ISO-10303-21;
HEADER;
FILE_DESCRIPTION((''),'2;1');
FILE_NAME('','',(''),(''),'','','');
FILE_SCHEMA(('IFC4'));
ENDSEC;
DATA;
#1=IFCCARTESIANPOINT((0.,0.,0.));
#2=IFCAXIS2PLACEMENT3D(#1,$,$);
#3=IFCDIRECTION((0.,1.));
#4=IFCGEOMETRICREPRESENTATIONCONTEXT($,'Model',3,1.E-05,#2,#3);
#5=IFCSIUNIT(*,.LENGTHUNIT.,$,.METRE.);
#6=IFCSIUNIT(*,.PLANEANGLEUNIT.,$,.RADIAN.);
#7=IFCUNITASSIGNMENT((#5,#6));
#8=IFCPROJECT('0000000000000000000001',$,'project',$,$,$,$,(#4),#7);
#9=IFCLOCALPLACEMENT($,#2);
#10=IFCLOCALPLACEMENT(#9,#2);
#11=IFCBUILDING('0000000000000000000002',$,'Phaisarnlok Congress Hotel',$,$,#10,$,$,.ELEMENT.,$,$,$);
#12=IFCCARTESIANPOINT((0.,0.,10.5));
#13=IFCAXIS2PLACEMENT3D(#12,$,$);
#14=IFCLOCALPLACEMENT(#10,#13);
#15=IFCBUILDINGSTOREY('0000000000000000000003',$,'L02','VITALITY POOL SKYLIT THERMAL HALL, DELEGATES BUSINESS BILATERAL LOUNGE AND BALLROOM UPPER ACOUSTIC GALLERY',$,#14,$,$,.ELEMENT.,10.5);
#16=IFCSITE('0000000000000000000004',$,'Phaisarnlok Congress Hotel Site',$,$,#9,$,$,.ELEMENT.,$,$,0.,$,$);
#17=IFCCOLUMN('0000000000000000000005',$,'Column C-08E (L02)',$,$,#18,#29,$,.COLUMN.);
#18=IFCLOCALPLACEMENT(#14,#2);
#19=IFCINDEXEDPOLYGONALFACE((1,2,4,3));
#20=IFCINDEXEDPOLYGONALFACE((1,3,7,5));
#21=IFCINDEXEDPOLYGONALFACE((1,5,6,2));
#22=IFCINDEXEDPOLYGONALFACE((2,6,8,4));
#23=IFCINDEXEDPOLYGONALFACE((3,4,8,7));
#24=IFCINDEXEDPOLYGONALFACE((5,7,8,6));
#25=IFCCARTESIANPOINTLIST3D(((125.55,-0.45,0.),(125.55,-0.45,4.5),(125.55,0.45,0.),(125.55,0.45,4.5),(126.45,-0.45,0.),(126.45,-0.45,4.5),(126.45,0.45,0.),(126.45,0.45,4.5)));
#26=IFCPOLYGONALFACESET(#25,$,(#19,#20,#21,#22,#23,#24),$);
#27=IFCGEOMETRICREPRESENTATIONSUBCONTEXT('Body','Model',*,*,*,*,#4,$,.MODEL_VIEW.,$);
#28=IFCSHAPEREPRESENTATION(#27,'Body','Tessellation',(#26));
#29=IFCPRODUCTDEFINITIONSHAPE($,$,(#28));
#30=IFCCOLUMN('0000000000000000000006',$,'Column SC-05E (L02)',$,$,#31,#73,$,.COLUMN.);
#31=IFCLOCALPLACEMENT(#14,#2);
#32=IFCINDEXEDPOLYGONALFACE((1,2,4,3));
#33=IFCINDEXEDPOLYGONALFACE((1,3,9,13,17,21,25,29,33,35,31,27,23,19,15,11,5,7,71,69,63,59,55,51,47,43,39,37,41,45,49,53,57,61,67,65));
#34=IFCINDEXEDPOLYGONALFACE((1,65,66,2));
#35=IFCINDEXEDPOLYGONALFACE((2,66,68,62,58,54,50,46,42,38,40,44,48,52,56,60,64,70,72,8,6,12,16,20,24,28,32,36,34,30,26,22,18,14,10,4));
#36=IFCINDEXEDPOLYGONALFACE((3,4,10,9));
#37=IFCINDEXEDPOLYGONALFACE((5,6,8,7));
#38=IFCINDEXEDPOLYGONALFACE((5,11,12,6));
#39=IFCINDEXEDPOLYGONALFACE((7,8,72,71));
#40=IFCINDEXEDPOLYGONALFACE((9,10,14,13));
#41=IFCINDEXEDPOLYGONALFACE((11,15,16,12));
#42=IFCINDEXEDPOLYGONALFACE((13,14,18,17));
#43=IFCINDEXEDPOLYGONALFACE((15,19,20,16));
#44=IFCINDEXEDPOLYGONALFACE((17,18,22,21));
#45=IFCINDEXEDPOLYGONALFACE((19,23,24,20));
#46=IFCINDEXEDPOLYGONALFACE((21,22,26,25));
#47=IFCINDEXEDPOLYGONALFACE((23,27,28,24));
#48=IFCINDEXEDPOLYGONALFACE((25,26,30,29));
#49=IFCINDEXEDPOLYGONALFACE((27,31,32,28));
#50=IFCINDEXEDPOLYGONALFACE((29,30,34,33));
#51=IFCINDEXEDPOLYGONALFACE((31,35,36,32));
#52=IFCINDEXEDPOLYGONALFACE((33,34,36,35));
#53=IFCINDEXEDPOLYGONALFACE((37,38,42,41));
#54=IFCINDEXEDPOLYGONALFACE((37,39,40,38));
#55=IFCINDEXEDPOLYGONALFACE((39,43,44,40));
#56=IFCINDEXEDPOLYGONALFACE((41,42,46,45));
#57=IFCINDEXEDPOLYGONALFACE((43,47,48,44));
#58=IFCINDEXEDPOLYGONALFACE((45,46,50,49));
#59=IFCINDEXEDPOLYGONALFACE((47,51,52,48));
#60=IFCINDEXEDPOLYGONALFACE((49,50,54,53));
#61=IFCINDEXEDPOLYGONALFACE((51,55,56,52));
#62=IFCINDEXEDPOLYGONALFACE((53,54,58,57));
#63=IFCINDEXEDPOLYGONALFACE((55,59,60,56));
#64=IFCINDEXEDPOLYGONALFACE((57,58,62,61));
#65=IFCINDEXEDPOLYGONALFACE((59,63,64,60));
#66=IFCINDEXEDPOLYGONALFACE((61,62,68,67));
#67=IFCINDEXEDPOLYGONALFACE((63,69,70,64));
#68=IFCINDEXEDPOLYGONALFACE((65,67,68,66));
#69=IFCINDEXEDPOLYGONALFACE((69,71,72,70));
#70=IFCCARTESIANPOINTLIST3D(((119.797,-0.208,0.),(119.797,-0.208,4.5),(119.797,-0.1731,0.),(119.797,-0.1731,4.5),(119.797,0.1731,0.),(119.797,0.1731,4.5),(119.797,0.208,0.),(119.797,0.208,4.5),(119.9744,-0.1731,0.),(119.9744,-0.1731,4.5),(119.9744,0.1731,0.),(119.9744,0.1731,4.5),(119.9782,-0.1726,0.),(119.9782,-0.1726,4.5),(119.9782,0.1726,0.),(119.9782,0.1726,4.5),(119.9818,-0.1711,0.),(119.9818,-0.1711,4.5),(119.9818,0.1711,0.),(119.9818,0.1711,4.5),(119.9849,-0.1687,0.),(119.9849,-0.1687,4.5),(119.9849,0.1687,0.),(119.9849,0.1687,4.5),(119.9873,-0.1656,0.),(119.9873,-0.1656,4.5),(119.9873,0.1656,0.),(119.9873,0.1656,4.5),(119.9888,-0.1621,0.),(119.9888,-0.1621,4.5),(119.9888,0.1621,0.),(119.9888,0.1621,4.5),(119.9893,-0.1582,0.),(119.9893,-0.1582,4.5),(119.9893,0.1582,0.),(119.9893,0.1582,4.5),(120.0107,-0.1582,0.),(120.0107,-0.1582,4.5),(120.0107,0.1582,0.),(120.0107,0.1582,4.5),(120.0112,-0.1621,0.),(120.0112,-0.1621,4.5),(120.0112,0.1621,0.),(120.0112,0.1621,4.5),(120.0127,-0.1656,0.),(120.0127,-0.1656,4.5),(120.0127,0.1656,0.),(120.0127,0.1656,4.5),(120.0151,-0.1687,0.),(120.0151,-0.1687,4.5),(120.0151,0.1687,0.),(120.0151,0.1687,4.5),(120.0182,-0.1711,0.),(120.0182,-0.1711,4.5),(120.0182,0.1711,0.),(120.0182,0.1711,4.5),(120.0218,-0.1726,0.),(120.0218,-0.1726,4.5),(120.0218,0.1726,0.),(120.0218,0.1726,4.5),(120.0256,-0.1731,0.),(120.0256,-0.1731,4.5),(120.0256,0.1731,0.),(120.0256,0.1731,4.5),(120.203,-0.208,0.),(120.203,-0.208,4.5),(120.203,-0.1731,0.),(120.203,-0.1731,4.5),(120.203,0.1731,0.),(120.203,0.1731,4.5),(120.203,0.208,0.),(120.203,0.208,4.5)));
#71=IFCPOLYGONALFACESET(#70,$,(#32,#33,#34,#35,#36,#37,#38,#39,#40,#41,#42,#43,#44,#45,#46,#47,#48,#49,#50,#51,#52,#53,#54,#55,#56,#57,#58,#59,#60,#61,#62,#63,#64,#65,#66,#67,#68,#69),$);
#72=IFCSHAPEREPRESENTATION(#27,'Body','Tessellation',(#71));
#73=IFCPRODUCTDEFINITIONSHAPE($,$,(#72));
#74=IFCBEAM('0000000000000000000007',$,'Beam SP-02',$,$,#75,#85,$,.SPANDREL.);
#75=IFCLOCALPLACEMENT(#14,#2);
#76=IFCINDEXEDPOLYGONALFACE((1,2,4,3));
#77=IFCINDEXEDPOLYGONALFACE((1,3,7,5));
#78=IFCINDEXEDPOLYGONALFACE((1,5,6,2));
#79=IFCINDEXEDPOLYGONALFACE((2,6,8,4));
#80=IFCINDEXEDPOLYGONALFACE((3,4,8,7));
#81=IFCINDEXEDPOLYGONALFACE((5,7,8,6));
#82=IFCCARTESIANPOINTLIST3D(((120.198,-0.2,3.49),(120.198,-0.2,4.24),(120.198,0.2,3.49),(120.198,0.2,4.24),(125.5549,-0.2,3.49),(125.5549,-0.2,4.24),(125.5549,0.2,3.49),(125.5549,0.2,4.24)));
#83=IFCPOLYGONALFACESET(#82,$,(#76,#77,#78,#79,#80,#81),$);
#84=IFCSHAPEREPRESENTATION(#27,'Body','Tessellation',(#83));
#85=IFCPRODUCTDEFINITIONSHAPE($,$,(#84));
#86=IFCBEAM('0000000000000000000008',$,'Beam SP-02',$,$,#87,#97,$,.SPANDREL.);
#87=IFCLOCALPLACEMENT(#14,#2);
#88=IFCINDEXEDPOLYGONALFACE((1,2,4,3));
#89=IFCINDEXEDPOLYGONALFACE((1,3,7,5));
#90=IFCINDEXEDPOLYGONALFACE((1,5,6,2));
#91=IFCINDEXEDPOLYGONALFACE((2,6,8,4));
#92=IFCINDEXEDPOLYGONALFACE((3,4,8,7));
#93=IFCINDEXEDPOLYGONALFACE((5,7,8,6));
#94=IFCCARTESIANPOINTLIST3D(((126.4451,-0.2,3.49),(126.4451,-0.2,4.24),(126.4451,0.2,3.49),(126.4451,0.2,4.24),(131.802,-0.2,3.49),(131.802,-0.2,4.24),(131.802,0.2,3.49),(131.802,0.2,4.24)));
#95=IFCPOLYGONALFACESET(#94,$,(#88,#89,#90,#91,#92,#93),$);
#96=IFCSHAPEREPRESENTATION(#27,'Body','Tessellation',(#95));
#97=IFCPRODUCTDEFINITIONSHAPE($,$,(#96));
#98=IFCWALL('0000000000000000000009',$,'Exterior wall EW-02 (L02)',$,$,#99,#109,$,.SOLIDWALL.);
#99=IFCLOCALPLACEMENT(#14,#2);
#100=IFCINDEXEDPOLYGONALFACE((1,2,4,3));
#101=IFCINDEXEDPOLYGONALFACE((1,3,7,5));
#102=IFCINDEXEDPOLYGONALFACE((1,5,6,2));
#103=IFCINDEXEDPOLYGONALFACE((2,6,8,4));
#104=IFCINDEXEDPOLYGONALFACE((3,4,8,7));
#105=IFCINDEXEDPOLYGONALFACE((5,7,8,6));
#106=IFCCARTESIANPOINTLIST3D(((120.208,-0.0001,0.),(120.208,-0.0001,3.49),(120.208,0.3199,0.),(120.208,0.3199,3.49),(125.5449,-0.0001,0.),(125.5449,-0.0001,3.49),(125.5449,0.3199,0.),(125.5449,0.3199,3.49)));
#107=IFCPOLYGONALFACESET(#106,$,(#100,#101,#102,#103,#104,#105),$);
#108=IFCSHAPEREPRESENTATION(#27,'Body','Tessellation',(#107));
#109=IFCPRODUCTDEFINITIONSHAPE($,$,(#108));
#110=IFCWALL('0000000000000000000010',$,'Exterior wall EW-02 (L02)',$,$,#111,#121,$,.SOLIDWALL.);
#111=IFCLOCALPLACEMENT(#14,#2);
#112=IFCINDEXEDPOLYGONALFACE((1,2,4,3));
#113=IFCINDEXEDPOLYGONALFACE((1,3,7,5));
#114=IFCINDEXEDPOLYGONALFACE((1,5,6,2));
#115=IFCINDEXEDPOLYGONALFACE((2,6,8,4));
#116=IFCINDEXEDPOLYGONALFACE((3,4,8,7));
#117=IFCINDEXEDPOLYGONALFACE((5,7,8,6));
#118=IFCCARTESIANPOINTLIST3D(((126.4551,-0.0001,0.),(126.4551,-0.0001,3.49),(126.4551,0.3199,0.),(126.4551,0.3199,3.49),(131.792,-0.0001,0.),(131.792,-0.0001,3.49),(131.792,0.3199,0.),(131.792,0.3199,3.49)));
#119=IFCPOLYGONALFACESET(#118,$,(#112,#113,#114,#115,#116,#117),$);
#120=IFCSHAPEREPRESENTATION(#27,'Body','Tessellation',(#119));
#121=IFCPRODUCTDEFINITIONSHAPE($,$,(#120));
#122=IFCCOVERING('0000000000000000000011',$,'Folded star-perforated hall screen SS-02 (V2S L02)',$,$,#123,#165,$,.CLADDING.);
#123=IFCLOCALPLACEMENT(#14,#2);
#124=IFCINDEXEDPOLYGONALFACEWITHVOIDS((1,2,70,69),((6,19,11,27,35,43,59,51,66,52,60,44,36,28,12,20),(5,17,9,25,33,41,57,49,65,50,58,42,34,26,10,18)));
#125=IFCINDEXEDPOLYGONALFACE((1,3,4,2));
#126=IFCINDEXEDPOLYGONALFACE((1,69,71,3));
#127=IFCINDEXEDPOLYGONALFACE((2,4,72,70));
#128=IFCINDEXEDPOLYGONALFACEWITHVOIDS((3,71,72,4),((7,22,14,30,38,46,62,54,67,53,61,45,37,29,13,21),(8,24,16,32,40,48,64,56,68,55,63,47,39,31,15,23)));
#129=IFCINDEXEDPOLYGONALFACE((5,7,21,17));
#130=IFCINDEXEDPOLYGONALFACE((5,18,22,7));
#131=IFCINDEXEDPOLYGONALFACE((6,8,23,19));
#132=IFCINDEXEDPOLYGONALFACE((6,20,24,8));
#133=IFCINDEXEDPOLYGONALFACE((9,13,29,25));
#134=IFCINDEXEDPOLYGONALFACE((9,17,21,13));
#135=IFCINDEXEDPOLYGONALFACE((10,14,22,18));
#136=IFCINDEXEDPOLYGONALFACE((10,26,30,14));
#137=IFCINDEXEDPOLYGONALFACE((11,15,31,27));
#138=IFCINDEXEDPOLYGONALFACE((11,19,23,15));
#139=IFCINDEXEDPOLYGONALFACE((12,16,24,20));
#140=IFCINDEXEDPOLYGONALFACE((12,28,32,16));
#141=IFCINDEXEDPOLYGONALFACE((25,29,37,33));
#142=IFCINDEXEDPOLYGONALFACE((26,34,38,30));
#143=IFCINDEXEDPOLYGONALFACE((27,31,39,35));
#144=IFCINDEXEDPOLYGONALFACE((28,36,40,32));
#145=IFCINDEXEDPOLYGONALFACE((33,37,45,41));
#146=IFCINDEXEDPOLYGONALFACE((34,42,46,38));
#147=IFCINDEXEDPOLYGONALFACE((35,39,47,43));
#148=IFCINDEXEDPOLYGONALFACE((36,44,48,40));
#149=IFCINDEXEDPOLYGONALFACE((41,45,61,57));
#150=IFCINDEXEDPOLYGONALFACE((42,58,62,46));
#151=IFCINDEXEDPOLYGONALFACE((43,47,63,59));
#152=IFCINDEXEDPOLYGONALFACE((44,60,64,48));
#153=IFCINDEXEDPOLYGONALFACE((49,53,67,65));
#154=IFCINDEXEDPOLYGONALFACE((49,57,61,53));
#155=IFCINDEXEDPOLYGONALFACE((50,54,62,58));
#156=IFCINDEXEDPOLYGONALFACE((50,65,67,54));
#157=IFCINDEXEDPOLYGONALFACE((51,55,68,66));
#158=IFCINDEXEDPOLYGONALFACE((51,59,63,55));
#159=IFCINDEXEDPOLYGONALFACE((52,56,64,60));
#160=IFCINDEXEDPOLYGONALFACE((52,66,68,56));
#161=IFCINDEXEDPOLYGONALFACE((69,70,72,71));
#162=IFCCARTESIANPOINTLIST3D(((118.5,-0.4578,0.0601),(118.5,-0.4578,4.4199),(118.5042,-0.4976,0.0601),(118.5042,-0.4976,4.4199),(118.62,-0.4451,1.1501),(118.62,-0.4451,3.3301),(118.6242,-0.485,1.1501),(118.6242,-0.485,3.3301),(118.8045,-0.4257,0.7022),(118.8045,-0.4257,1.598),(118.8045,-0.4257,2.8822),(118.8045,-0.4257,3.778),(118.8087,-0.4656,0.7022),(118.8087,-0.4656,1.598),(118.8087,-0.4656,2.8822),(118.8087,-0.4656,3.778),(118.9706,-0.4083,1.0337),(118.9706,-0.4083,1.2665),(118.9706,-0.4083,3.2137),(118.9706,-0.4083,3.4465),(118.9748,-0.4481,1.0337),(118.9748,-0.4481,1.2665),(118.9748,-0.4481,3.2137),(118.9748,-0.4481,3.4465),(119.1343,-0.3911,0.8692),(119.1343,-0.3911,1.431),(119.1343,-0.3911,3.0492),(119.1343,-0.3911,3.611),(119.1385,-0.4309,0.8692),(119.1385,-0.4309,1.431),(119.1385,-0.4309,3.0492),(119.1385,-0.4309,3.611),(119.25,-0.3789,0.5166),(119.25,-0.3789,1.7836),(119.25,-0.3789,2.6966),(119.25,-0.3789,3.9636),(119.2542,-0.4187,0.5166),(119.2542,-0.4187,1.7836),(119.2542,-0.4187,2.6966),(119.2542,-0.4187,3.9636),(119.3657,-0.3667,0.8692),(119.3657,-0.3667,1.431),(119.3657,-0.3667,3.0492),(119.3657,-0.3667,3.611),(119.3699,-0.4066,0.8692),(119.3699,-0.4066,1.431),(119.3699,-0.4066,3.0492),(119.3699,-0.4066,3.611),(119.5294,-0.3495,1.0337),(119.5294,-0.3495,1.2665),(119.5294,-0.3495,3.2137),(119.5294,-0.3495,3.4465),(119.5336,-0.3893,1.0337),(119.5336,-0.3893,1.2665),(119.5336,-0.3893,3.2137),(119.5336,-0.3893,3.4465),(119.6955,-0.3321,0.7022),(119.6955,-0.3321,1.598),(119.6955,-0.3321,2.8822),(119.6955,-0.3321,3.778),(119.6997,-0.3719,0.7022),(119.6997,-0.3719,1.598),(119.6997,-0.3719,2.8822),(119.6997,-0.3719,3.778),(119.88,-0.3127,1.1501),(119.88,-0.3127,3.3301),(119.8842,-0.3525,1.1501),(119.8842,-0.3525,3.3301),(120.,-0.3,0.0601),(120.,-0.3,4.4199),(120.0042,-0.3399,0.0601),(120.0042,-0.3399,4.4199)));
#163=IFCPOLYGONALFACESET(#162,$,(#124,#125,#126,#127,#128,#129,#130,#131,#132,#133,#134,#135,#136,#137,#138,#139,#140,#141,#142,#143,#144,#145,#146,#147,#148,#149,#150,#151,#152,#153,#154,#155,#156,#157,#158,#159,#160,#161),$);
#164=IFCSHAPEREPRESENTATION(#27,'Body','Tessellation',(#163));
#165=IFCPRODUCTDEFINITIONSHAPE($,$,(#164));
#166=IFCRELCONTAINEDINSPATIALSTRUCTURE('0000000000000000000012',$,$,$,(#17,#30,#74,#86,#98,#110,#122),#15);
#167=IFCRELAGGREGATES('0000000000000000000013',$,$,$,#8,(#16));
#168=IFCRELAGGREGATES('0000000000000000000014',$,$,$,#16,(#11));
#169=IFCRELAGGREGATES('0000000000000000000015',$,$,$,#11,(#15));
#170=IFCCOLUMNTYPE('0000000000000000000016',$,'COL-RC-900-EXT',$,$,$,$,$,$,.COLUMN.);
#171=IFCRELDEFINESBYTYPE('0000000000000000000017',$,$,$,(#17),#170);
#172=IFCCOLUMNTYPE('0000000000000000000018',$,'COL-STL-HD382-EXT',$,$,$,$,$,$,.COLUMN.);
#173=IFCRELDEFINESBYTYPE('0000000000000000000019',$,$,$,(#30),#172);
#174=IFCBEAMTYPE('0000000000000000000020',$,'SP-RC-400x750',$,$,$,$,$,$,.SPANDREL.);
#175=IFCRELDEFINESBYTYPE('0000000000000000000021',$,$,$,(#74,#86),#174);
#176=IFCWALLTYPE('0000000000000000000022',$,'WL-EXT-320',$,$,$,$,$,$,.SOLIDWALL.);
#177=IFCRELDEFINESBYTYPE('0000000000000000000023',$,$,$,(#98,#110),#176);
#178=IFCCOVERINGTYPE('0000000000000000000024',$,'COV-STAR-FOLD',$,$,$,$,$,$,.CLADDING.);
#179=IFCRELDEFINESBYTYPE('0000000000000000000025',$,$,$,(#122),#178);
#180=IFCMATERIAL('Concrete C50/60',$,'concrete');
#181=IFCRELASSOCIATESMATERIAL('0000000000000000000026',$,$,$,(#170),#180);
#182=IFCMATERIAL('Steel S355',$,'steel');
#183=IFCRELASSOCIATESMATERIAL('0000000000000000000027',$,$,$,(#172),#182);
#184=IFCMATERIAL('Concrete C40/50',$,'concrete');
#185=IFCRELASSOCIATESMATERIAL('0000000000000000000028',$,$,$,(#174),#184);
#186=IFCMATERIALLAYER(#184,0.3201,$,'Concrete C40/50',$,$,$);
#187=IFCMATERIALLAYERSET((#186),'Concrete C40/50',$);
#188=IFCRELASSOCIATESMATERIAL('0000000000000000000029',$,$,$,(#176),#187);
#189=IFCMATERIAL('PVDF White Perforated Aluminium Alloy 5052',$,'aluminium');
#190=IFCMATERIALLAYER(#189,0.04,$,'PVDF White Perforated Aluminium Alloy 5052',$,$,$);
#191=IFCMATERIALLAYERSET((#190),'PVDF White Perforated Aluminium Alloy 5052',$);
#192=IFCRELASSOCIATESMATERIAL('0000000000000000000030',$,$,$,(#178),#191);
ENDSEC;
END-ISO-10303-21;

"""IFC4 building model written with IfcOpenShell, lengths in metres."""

from ifc_helpers import new_model, si_unit, direction, frame, frame_2d, origin, origin_2d, place, context, subcontext, project, spatial, polyline, rectangle, i_section, outline, extrude, material, layer, layer_set, material_profile, profile_set, type_object, element, save


model = new_model("IFC4")

# Units and contexts
model_context = context("Model", 3, precision=1e-05, world=origin(), true_north=direction((0.0, 1.0)))
body_context = subcontext(model_context, "Body", "Model", "MODEL_VIEW")
ifc_project = project(units=[si_unit("LENGTHUNIT", "METRE"), si_unit("PLANEANGLEUNIT", "RADIAN")], contexts=[model_context])

# Site, building, storey
site_placement = place(None, origin())
site = spatial("IfcSite", under=ifc_project, at=site_placement, Name="Phaisarnlok Congress Hotel Site", CompositionType="ELEMENT", RefElevation=0.0)
building_placement = place(site_placement, origin())
building = spatial("IfcBuilding", under=site, at=building_placement, Name="Phaisarnlok Congress Hotel", CompositionType="ELEMENT")
storey_placement = place(building_placement, frame((0.0, 0.0, 10.5)))
storey = spatial("IfcBuildingStorey", under=building, at=storey_placement, Name="L02", Description="VITALITY POOL SKYLIT THERMAL HALL, DELEGATES BUSINESS BILATERAL LOUNGE AND BALLROOM UPPER ACOUSTIC GALLERY", CompositionType="ELEMENT", Elevation=10.5)

# Columns
ifc_material_1 = material(Name="Concrete C50/60", Category="concrete")
ifc_material_profile_1 = material_profile(ifc_material_1, rectangle(XDim=0.8999, YDim=0.8999, at=origin_2d()), Name="RC 900x900")
ifc_profile_set_1 = profile_set([ifc_material_profile_1], Name="Concrete C50/60")
column_type_1 = type_object("IfcColumnType", Name="COL-RC-900-EXT", PredefinedType="COLUMN", material=ifc_profile_set_1)
column_1_placement = place(storey_placement, frame((126.0, 0.0, 0.0), z_axis=(0.0, 0.0, 1.0), x_axis=(1.0, 0.0, 0.0)))
element("IfcColumn", 1, at=column_1_placement, inside=storey, type_object=column_type_1, Name="Column C-08E (L02)", PredefinedType="COLUMN", context=body_context, shape_type="SweptSolid", body=[
    extrude(rectangle(XDim=0.8999, YDim=0.8999, at=origin_2d()), origin(), (0.0, 0.0, 1.0), 4.5),
])
ifc_material_2 = material(Name="Steel S355", Category="steel")
ifc_material_profile_2 = material_profile(ifc_material_2, i_section(OverallWidth=0.406, OverallDepth=0.416, WebThickness=0.0215, FlangeThickness=0.0349, FilletRadius=0.0149, at=origin_2d()), Name="HD 400x382")
ifc_profile_set_2 = profile_set([ifc_material_profile_2], Name="Steel S355")
column_type_2 = type_object("IfcColumnType", Name="COL-STL-HD382-EXT", PredefinedType="COLUMN", material=ifc_profile_set_2)
column_2_placement = place(storey_placement, frame((120.0, 0.0, 0.0), z_axis=(0.0, 0.0, 1.0), x_axis=(1.0, 0.0, 0.0)))
element("IfcColumn", 2, at=column_2_placement, inside=storey, type_object=column_type_2, Name="Column SC-05E (L02)", PredefinedType="COLUMN", context=body_context, shape_type="SweptSolid", body=[
    extrude(i_section(OverallWidth=0.406, OverallDepth=0.416, WebThickness=0.0215, FlangeThickness=0.0349, FilletRadius=0.0149, at=origin_2d()), origin(), (0.0, 0.0, 1.0), 4.5),
])

# Beams
ifc_material_3 = material(Name="Concrete C40/50", Category="concrete")
ifc_material_profile_3 = material_profile(ifc_material_3, rectangle(XDim=0.3999, YDim=0.75, at=origin_2d()), Name="RC 400x750")
ifc_profile_set_3 = profile_set([ifc_material_profile_3], Name="Concrete C40/50")
beam_type = type_object("IfcBeamType", Name="SP-RC-400x750", PredefinedType="SPANDREL", material=ifc_profile_set_3)
for number, where, z_axis, x_axis, name in (
    (3, (120.198, 0.0, 3.865), (1.0, 0.0, 0.0), (0.0, 1.0, 0.0), "Beam SP-02"),
    (4, (126.4451, 0.0, 3.865), (1.0, 0.0, 0.0), (0.0, 1.0, 0.0), "Beam SP-02"),
):
    element("IfcBeam", number, at=place(storey_placement, frame(where, z_axis=z_axis, x_axis=x_axis)), inside=storey, type_object=beam_type, Name=name, PredefinedType="SPANDREL", context=body_context, shape_type="SweptSolid", body=[
        extrude(rectangle(XDim=0.3999, YDim=0.75, at=origin_2d()), origin(), (0.0, 0.0, 1.0), 5.3569),
    ])

# Walls
ifc_layer_1 = layer(ifc_material_3, 0.3201, Name="Concrete C40/50")
ifc_layer_set_1 = layer_set([ifc_layer_1], Name="Concrete C40/50")
wall_type = type_object("IfcWallType", Name="WL-EXT-320", PredefinedType="SOLIDWALL", material=ifc_layer_set_1)
for number, where, z_axis, x_axis, name in (
    (5, (120.208, 0.1599, 0.0), (0.0, 0.0, 1.0), (1.0, 0.0, 0.0), "Exterior wall EW-02 (L02)"),
    (6, (126.4551, 0.1599, 0.0), (0.0, 0.0, 1.0), (1.0, 0.0, 0.0), "Exterior wall EW-02 (L02)"),
):
    element("IfcWall", number, at=place(storey_placement, frame(where, z_axis=z_axis, x_axis=x_axis)), inside=storey, type_object=wall_type, Name=name, PredefinedType="SOLIDWALL", context=body_context, shape_type="SweptSolid", body=[
        extrude(rectangle(XDim=5.3369, YDim=0.3201, at=frame_2d((2.6685, 0.0))), origin(), (0.0, 0.0, 1.0), 3.49),
    ])

# Covering
ifc_material_4 = material(Name="PVDF White Perforated Aluminium Alloy 5052", Category="aluminium")
ifc_layer_2 = layer(ifc_material_4, 0.04, Name="PVDF White Perforated Aluminium Alloy 5052")
ifc_layer_set_2 = layer_set([ifc_layer_2], Name="PVDF White Perforated Aluminium Alloy 5052")
covering_type = type_object("IfcCoveringType", Name="COV-STAR-FOLD", PredefinedType="CLADDING", material=ifc_layer_set_2)
for number, where, z_axis, x_axis, name in (
    (7, (118.5, -0.4578, 0.0601), (0.104567, -0.994518, 0.0), (0.994518, 0.104567, 0.0), "Folded star-perforated hall screen SS-02 (V2S L02)"),
):
    element("IfcCovering", number, at=place(storey_placement, frame(where, z_axis=z_axis, x_axis=x_axis)), inside=storey, type_object=covering_type, Name=name, PredefinedType="CLADDING", context=body_context, shape_type="SweptSolid", body=[
        extrude(outline(polyline([(0.0, 0.0), (1.5083, 0.0), (1.5083, 4.3599), (0.0, 4.3599), (0.0, 0.0)]), holes=[polyline([(1.0351, 0.9736), (1.2021, 0.6421), (0.8705, 0.8091), (0.7541, 0.4565), (0.6378, 0.8091), (0.3062, 0.6421), (0.4732, 0.9736), (0.1207, 1.09), (0.4732, 1.2064), (0.3062, 1.5379), (0.6378, 1.3709), (0.7541, 1.7235), (0.8705, 1.3709), (1.2021, 1.5379), (1.0351, 1.2064), (1.3876, 1.09), (1.0351, 0.9736)]), polyline([(1.0351, 3.1536), (1.2021, 2.8221), (0.8705, 2.9891), (0.7541, 2.6365), (0.6378, 2.9891), (0.3062, 2.8221), (0.4732, 3.1536), (0.1207, 3.27), (0.4732, 3.3864), (0.3062, 3.7179), (0.6378, 3.5509), (0.7541, 3.9035), (0.8705, 3.5509), (1.2021, 3.7179), (1.0351, 3.3864), (1.3876, 3.27), (1.0351, 3.1536)])]), origin(), (0.0, 0.0, 1.0), 0.04),
    ])

save(model, "model.ifc")
